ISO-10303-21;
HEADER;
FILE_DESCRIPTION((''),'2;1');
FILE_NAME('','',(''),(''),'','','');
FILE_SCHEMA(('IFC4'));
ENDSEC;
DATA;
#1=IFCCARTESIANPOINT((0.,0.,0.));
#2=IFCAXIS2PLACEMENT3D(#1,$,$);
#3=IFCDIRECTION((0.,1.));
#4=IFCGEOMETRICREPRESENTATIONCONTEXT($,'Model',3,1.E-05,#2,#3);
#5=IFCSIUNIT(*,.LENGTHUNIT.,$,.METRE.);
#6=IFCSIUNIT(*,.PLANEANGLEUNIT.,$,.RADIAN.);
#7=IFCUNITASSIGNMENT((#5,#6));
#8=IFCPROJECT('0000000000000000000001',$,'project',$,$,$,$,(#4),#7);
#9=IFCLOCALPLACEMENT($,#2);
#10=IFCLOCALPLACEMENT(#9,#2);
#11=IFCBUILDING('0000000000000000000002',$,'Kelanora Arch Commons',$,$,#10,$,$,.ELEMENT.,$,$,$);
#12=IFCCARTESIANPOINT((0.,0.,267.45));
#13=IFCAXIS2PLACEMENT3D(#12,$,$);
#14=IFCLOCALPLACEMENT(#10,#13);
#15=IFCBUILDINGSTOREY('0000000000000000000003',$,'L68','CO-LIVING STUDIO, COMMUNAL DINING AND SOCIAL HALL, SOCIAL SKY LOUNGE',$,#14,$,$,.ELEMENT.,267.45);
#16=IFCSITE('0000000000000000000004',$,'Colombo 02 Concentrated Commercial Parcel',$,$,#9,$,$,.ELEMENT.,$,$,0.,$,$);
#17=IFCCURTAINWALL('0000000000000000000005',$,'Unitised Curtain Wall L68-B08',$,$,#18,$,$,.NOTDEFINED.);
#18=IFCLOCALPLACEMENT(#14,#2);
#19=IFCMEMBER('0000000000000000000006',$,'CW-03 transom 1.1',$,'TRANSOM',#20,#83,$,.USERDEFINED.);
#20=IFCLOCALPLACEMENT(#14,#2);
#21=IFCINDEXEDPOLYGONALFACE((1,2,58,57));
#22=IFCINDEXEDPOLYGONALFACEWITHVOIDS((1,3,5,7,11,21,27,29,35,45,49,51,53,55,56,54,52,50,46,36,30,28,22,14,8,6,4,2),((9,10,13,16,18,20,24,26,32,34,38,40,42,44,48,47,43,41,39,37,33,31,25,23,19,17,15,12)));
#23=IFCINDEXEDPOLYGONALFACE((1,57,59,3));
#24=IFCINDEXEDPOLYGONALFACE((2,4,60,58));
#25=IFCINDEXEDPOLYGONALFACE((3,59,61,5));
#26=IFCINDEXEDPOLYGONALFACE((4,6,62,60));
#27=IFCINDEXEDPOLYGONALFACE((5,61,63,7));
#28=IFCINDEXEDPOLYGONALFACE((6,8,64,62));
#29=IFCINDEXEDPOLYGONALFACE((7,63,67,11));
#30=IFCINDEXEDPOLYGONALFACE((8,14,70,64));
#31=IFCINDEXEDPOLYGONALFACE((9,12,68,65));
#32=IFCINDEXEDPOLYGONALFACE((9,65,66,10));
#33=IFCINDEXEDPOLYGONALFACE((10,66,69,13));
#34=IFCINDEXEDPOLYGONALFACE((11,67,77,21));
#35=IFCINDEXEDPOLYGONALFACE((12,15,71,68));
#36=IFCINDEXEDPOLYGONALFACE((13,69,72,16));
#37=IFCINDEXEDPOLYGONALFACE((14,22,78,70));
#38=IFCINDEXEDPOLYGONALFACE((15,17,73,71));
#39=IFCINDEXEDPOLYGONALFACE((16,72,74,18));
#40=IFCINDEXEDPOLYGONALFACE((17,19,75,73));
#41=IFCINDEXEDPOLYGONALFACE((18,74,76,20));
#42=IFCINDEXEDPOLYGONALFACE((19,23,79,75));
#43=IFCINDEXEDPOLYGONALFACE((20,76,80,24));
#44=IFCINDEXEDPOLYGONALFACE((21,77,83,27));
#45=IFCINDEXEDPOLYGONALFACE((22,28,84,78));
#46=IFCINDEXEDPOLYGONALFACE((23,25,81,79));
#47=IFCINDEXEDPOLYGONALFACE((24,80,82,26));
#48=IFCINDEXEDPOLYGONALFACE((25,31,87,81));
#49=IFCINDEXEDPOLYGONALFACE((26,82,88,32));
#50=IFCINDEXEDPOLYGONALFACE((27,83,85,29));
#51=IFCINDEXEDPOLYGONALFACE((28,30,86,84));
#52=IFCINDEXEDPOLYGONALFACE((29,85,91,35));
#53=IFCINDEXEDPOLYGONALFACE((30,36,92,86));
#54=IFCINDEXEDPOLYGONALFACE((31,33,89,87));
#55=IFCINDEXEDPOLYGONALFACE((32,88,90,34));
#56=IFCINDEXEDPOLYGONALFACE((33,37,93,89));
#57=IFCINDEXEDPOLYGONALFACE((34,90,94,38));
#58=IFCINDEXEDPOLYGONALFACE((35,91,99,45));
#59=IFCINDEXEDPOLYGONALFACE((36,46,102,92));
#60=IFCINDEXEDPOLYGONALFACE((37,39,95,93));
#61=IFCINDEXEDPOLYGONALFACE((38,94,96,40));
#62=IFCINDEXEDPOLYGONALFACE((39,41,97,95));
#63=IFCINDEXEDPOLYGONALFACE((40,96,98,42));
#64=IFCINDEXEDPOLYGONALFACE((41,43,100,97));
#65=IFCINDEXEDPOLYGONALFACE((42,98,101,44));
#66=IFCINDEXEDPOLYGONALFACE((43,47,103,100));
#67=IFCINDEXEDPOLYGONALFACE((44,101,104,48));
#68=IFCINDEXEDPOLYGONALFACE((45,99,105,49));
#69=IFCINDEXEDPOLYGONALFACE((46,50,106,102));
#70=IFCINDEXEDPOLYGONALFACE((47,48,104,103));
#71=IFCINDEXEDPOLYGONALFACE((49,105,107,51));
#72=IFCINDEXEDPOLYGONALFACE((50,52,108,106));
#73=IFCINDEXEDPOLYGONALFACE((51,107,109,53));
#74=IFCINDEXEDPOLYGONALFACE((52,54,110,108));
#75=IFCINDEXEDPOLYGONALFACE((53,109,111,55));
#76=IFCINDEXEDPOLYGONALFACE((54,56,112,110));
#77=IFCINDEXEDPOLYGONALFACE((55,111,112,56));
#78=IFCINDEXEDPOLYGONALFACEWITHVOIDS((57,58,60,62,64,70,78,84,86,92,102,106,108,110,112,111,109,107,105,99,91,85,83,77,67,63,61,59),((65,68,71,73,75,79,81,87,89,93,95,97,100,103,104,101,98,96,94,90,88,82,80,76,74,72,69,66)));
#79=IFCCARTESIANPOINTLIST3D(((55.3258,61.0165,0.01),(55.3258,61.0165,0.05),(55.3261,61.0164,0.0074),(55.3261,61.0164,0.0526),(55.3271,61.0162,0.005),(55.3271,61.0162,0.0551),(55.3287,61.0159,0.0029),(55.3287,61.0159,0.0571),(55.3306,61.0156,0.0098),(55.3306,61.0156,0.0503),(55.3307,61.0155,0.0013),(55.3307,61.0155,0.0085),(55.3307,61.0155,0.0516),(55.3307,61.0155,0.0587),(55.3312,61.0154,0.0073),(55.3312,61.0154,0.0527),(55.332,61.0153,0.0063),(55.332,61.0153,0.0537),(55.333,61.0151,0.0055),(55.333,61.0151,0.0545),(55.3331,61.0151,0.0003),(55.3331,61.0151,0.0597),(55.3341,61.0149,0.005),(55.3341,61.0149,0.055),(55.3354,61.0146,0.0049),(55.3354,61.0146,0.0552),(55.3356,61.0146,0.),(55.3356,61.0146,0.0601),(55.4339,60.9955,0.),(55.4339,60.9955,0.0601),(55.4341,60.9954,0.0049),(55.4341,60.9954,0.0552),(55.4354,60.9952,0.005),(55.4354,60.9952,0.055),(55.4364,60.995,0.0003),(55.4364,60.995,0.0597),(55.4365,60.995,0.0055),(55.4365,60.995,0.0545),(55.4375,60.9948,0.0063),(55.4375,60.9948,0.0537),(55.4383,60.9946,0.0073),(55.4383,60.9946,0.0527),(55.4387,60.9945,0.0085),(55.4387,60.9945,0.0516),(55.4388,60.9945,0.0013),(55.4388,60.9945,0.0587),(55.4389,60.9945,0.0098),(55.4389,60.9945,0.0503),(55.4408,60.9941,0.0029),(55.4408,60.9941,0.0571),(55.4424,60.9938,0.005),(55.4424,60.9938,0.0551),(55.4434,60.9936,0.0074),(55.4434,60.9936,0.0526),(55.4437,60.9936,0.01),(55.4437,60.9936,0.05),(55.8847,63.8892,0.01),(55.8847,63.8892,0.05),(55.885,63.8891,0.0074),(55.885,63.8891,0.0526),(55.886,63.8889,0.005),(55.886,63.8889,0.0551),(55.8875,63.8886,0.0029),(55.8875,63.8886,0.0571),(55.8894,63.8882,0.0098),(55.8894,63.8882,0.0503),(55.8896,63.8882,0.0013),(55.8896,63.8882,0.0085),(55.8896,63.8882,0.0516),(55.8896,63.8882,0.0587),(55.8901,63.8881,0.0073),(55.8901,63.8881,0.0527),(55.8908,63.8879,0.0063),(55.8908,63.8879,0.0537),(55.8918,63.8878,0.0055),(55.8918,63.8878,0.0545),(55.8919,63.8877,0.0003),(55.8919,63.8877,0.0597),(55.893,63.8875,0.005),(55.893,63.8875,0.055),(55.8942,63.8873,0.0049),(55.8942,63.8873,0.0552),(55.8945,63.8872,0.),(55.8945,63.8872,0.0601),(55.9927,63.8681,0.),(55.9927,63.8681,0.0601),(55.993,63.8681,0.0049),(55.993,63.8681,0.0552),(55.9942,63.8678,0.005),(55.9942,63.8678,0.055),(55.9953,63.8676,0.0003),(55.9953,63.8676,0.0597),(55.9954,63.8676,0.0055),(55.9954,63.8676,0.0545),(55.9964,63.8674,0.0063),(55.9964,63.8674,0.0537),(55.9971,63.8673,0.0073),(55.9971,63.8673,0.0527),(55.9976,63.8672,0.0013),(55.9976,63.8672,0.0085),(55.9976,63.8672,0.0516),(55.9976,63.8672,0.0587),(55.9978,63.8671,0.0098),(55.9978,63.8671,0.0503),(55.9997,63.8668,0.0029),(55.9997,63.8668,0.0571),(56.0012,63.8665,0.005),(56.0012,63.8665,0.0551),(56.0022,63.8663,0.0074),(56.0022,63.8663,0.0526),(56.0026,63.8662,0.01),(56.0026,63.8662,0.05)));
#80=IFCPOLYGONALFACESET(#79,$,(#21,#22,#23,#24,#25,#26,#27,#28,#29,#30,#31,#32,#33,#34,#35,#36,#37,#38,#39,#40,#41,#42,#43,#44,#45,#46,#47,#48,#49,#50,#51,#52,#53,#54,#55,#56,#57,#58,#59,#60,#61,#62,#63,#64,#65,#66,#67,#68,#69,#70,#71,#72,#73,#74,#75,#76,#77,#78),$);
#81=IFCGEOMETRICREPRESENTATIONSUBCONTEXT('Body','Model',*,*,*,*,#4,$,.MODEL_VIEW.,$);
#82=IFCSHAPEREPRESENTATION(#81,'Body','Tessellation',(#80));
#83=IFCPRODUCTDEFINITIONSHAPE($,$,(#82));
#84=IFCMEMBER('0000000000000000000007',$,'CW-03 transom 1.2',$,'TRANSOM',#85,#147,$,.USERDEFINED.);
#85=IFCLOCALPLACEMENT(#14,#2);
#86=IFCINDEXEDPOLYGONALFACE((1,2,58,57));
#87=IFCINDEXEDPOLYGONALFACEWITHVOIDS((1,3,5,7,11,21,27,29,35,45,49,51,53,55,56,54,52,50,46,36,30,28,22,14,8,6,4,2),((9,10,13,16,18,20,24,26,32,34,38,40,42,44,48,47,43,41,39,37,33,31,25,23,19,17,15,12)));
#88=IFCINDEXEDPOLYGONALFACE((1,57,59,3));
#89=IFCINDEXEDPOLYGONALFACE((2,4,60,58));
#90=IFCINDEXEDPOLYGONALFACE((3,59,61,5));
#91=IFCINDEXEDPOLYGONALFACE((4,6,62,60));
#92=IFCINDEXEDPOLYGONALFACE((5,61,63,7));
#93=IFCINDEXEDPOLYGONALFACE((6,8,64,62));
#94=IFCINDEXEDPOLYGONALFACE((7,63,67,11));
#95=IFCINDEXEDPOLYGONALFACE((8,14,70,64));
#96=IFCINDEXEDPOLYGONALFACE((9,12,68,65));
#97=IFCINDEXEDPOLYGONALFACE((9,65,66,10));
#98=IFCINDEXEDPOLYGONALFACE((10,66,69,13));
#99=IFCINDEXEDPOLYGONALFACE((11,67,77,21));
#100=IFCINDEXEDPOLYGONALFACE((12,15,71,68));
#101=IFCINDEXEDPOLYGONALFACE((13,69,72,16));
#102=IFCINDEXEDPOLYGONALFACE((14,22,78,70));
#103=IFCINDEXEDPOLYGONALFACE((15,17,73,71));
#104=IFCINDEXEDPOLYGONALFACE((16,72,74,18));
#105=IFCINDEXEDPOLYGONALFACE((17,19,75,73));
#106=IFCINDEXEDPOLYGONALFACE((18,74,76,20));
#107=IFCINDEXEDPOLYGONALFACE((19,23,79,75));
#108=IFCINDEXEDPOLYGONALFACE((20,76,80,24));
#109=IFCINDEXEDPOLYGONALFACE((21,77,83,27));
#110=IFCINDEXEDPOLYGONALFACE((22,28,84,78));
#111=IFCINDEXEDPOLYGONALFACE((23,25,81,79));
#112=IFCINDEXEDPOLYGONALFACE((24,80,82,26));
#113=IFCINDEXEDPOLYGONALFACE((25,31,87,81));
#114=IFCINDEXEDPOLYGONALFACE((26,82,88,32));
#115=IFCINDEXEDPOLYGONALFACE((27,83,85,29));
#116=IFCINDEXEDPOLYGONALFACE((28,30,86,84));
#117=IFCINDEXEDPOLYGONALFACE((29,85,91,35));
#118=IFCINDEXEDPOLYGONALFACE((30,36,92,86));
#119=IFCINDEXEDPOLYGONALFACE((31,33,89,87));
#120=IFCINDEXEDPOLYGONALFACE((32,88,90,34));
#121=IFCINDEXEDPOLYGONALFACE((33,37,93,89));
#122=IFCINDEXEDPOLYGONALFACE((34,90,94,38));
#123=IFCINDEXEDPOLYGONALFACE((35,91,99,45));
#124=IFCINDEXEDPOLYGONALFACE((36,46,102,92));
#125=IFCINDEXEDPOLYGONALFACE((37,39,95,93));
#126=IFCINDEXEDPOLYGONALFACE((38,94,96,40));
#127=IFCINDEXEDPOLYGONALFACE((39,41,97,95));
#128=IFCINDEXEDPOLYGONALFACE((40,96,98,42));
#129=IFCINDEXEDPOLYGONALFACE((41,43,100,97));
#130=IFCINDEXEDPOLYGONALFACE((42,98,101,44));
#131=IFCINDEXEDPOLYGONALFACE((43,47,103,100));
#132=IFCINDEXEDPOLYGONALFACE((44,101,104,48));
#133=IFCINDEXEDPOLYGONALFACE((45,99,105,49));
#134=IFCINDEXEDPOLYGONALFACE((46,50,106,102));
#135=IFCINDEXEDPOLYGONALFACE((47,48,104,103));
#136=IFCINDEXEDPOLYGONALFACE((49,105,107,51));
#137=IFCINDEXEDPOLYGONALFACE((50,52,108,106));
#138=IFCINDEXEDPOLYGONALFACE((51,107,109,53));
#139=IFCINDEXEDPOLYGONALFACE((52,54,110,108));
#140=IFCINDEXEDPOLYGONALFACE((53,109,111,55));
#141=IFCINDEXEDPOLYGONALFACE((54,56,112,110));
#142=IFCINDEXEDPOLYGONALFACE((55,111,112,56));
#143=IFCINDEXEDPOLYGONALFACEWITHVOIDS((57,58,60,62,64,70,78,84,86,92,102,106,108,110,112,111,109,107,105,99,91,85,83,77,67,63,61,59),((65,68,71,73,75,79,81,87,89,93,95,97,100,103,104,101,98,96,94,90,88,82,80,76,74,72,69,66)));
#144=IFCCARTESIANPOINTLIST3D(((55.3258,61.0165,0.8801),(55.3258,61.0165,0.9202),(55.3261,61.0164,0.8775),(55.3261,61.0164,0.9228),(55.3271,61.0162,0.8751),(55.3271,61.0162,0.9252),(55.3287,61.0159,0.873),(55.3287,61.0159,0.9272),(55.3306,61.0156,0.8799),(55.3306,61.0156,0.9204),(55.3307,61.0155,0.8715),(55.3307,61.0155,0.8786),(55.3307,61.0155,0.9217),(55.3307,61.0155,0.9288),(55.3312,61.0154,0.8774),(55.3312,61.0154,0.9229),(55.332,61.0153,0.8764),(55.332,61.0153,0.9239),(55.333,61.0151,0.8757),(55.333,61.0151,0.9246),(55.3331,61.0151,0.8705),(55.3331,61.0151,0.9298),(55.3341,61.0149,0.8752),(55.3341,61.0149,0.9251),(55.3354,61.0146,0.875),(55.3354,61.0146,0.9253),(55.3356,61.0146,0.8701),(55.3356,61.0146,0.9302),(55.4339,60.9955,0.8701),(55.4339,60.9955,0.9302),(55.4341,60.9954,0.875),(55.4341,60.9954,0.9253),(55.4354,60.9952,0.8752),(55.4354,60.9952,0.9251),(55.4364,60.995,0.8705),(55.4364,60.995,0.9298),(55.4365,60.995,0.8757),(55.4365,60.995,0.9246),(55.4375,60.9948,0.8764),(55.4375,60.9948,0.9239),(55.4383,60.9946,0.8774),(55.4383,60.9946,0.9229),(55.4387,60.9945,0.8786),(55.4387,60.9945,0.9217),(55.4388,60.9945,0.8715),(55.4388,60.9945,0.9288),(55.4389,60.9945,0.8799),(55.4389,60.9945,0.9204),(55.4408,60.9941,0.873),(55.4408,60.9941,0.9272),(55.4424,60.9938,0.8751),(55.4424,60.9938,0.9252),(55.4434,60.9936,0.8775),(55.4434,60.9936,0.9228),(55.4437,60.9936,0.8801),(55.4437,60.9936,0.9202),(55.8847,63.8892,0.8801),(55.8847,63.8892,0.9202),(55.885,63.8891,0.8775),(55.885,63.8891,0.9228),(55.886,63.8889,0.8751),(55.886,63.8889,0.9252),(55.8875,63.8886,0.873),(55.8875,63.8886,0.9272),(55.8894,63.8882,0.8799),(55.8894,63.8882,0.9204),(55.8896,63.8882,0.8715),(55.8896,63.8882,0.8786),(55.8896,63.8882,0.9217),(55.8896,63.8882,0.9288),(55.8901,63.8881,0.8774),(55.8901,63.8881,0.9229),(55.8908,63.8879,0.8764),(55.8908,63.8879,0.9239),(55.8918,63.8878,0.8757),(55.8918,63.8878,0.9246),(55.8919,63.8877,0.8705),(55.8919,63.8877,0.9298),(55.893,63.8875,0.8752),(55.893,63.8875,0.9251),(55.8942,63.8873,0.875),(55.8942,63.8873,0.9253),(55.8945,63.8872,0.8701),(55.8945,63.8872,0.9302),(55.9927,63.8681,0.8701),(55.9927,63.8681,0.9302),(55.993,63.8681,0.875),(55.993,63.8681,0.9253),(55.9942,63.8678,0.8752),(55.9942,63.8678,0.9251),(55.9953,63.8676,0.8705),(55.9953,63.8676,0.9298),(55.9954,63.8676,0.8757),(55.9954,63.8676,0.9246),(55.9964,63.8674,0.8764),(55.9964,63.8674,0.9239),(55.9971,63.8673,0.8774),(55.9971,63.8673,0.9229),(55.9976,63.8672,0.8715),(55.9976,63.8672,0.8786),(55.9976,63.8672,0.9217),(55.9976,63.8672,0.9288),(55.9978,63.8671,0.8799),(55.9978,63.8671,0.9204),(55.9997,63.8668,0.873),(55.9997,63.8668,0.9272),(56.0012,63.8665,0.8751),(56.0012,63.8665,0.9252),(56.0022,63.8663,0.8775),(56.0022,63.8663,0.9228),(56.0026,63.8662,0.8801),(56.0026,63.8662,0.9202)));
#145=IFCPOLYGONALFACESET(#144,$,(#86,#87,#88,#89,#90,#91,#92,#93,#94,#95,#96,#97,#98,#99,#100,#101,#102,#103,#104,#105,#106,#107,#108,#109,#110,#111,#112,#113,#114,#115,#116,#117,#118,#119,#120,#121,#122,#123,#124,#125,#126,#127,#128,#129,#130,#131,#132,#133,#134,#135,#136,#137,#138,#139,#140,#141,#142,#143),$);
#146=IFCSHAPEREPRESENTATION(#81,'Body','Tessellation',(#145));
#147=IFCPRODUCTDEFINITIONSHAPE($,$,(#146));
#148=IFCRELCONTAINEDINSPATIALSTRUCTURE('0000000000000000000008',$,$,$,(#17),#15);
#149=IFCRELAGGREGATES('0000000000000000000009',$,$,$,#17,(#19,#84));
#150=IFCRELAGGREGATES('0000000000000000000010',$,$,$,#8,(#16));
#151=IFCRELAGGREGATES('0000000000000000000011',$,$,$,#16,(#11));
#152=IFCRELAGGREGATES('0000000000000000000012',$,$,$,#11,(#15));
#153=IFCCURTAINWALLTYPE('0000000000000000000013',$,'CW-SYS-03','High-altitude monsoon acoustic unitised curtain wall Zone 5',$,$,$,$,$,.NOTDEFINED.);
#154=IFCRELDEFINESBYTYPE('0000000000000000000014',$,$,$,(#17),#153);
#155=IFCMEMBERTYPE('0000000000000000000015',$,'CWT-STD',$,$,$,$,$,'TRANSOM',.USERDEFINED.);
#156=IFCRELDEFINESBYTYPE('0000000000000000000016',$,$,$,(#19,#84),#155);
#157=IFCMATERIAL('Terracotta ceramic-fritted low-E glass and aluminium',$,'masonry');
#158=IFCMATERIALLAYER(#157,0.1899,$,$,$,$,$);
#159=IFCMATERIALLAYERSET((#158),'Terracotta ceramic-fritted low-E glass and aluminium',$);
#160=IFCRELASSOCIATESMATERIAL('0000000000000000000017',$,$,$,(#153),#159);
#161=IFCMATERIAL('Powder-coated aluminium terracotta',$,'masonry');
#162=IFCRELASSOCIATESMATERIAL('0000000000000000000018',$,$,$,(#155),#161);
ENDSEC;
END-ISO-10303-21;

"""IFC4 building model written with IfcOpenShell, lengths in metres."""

from ifc_helpers import new_model, si_unit, direction, frame, origin, origin_2d, place, context, subcontext, project, spatial, hollow_rectangle, extrude, material, layer, layer_set, material_profile, profile_set, type_object, element, aggregate, save


model = new_model("IFC4")

# Units and contexts
model_context = context("Model", 3, precision=1e-05, world=origin(), true_north=direction((0.0, 1.0)))
body_context = subcontext(model_context, "Body", "Model", "MODEL_VIEW")
ifc_project = project(units=[si_unit("LENGTHUNIT", "METRE"), si_unit("PLANEANGLEUNIT", "RADIAN")], contexts=[model_context])

# Site, building, storey
site_placement = place(None, origin())
site = spatial("IfcSite", under=ifc_project, at=site_placement, Name="Colombo 02 Concentrated Commercial Parcel", CompositionType="ELEMENT", RefElevation=0.0)
building_placement = place(site_placement, origin())
building = spatial("IfcBuilding", under=site, at=building_placement, Name="Kelanora Arch Commons", CompositionType="ELEMENT")
storey_placement = place(building_placement, frame((0.0, 0.0, 267.45)))
storey = spatial("IfcBuildingStorey", under=building, at=storey_placement, Name="L68", Description="CO-LIVING STUDIO, COMMUNAL DINING AND SOCIAL HALL, SOCIAL SKY LOUNGE", CompositionType="ELEMENT", Elevation=267.45)

# Curtain wall, members
ifc_material_1 = material(Name="Terracotta ceramic-fritted low-E glass and aluminium", Category="masonry")
ifc_layer_1 = layer(ifc_material_1, 0.1899)
ifc_layer_set_1 = layer_set([ifc_layer_1], Name="Terracotta ceramic-fritted low-E glass and aluminium")
curtain_wall_type = type_object("IfcCurtainWallType", Name="CW-SYS-03", Description="High-altitude monsoon acoustic unitised curtain wall Zone 5", PredefinedType="NOTDEFINED", material=ifc_layer_set_1)
curtain_wall_placement = place(storey_placement, origin())
curtain_wall = element("IfcCurtainWall", 1, at=curtain_wall_placement, inside=storey, type_object=curtain_wall_type, Name="Unitised Curtain Wall L68-B08", PredefinedType="NOTDEFINED")
ifc_material_2 = material(Name="Powder-coated aluminium terracotta", Category="masonry")
ifc_material_profile_1 = material_profile(ifc_material_2, hollow_rectangle(XDim=0.1201, YDim=0.0601, WallThickness=0.0049, InnerFilletRadius=0.0049, OuterFilletRadius=0.01, at=origin_2d()), Name="CWT120x60")
ifc_profile_set_1 = profile_set([ifc_material_profile_1], Name="Powder-coated aluminium terracotta")
member_type_1 = type_object("IfcMemberType", Name="CWT-STD", ElementType="TRANSOM", PredefinedType="USERDEFINED", material=ifc_profile_set_1)
member_1_placement = place(storey_placement, frame((55.9436, 63.8777, 0.03), z_axis=(-0.190963, -0.981597, 0.0), x_axis=(0.981597, -0.190963, 0.0)))
member_1 = element("IfcMember", 2, at=member_1_placement, type_object=member_type_1, Name="CW-03 transom 1.1", ObjectType="TRANSOM", PredefinedType="USERDEFINED", context=body_context, shape_type="SweptSolid", body=[
    extrude(hollow_rectangle(XDim=0.1201, YDim=0.0601, WallThickness=0.0049, InnerFilletRadius=0.0049, OuterFilletRadius=0.01, at=origin_2d()), origin(), (0.0, 0.0, 1.0), 2.9265),
])
member_2_placement = place(storey_placement, frame((55.9436, 63.8777, 0.9001), z_axis=(-0.190963, -0.981597, 0.0), x_axis=(0.981597, -0.190963, 0.0)))
member_2 = element("IfcMember", 3, at=member_2_placement, type_object=member_type_1, Name="CW-03 transom 1.2", ObjectType="TRANSOM", PredefinedType="USERDEFINED", context=body_context, shape_type="SweptSolid", body=[
    extrude(hollow_rectangle(XDim=0.1201, YDim=0.0601, WallThickness=0.0049, InnerFilletRadius=0.0049, OuterFilletRadius=0.01, at=origin_2d()), origin(), (0.0, 0.0, 1.0), 2.9265),
])
aggregate(curtain_wall, [member_1, member_2])

save(model, "model.ifc")
